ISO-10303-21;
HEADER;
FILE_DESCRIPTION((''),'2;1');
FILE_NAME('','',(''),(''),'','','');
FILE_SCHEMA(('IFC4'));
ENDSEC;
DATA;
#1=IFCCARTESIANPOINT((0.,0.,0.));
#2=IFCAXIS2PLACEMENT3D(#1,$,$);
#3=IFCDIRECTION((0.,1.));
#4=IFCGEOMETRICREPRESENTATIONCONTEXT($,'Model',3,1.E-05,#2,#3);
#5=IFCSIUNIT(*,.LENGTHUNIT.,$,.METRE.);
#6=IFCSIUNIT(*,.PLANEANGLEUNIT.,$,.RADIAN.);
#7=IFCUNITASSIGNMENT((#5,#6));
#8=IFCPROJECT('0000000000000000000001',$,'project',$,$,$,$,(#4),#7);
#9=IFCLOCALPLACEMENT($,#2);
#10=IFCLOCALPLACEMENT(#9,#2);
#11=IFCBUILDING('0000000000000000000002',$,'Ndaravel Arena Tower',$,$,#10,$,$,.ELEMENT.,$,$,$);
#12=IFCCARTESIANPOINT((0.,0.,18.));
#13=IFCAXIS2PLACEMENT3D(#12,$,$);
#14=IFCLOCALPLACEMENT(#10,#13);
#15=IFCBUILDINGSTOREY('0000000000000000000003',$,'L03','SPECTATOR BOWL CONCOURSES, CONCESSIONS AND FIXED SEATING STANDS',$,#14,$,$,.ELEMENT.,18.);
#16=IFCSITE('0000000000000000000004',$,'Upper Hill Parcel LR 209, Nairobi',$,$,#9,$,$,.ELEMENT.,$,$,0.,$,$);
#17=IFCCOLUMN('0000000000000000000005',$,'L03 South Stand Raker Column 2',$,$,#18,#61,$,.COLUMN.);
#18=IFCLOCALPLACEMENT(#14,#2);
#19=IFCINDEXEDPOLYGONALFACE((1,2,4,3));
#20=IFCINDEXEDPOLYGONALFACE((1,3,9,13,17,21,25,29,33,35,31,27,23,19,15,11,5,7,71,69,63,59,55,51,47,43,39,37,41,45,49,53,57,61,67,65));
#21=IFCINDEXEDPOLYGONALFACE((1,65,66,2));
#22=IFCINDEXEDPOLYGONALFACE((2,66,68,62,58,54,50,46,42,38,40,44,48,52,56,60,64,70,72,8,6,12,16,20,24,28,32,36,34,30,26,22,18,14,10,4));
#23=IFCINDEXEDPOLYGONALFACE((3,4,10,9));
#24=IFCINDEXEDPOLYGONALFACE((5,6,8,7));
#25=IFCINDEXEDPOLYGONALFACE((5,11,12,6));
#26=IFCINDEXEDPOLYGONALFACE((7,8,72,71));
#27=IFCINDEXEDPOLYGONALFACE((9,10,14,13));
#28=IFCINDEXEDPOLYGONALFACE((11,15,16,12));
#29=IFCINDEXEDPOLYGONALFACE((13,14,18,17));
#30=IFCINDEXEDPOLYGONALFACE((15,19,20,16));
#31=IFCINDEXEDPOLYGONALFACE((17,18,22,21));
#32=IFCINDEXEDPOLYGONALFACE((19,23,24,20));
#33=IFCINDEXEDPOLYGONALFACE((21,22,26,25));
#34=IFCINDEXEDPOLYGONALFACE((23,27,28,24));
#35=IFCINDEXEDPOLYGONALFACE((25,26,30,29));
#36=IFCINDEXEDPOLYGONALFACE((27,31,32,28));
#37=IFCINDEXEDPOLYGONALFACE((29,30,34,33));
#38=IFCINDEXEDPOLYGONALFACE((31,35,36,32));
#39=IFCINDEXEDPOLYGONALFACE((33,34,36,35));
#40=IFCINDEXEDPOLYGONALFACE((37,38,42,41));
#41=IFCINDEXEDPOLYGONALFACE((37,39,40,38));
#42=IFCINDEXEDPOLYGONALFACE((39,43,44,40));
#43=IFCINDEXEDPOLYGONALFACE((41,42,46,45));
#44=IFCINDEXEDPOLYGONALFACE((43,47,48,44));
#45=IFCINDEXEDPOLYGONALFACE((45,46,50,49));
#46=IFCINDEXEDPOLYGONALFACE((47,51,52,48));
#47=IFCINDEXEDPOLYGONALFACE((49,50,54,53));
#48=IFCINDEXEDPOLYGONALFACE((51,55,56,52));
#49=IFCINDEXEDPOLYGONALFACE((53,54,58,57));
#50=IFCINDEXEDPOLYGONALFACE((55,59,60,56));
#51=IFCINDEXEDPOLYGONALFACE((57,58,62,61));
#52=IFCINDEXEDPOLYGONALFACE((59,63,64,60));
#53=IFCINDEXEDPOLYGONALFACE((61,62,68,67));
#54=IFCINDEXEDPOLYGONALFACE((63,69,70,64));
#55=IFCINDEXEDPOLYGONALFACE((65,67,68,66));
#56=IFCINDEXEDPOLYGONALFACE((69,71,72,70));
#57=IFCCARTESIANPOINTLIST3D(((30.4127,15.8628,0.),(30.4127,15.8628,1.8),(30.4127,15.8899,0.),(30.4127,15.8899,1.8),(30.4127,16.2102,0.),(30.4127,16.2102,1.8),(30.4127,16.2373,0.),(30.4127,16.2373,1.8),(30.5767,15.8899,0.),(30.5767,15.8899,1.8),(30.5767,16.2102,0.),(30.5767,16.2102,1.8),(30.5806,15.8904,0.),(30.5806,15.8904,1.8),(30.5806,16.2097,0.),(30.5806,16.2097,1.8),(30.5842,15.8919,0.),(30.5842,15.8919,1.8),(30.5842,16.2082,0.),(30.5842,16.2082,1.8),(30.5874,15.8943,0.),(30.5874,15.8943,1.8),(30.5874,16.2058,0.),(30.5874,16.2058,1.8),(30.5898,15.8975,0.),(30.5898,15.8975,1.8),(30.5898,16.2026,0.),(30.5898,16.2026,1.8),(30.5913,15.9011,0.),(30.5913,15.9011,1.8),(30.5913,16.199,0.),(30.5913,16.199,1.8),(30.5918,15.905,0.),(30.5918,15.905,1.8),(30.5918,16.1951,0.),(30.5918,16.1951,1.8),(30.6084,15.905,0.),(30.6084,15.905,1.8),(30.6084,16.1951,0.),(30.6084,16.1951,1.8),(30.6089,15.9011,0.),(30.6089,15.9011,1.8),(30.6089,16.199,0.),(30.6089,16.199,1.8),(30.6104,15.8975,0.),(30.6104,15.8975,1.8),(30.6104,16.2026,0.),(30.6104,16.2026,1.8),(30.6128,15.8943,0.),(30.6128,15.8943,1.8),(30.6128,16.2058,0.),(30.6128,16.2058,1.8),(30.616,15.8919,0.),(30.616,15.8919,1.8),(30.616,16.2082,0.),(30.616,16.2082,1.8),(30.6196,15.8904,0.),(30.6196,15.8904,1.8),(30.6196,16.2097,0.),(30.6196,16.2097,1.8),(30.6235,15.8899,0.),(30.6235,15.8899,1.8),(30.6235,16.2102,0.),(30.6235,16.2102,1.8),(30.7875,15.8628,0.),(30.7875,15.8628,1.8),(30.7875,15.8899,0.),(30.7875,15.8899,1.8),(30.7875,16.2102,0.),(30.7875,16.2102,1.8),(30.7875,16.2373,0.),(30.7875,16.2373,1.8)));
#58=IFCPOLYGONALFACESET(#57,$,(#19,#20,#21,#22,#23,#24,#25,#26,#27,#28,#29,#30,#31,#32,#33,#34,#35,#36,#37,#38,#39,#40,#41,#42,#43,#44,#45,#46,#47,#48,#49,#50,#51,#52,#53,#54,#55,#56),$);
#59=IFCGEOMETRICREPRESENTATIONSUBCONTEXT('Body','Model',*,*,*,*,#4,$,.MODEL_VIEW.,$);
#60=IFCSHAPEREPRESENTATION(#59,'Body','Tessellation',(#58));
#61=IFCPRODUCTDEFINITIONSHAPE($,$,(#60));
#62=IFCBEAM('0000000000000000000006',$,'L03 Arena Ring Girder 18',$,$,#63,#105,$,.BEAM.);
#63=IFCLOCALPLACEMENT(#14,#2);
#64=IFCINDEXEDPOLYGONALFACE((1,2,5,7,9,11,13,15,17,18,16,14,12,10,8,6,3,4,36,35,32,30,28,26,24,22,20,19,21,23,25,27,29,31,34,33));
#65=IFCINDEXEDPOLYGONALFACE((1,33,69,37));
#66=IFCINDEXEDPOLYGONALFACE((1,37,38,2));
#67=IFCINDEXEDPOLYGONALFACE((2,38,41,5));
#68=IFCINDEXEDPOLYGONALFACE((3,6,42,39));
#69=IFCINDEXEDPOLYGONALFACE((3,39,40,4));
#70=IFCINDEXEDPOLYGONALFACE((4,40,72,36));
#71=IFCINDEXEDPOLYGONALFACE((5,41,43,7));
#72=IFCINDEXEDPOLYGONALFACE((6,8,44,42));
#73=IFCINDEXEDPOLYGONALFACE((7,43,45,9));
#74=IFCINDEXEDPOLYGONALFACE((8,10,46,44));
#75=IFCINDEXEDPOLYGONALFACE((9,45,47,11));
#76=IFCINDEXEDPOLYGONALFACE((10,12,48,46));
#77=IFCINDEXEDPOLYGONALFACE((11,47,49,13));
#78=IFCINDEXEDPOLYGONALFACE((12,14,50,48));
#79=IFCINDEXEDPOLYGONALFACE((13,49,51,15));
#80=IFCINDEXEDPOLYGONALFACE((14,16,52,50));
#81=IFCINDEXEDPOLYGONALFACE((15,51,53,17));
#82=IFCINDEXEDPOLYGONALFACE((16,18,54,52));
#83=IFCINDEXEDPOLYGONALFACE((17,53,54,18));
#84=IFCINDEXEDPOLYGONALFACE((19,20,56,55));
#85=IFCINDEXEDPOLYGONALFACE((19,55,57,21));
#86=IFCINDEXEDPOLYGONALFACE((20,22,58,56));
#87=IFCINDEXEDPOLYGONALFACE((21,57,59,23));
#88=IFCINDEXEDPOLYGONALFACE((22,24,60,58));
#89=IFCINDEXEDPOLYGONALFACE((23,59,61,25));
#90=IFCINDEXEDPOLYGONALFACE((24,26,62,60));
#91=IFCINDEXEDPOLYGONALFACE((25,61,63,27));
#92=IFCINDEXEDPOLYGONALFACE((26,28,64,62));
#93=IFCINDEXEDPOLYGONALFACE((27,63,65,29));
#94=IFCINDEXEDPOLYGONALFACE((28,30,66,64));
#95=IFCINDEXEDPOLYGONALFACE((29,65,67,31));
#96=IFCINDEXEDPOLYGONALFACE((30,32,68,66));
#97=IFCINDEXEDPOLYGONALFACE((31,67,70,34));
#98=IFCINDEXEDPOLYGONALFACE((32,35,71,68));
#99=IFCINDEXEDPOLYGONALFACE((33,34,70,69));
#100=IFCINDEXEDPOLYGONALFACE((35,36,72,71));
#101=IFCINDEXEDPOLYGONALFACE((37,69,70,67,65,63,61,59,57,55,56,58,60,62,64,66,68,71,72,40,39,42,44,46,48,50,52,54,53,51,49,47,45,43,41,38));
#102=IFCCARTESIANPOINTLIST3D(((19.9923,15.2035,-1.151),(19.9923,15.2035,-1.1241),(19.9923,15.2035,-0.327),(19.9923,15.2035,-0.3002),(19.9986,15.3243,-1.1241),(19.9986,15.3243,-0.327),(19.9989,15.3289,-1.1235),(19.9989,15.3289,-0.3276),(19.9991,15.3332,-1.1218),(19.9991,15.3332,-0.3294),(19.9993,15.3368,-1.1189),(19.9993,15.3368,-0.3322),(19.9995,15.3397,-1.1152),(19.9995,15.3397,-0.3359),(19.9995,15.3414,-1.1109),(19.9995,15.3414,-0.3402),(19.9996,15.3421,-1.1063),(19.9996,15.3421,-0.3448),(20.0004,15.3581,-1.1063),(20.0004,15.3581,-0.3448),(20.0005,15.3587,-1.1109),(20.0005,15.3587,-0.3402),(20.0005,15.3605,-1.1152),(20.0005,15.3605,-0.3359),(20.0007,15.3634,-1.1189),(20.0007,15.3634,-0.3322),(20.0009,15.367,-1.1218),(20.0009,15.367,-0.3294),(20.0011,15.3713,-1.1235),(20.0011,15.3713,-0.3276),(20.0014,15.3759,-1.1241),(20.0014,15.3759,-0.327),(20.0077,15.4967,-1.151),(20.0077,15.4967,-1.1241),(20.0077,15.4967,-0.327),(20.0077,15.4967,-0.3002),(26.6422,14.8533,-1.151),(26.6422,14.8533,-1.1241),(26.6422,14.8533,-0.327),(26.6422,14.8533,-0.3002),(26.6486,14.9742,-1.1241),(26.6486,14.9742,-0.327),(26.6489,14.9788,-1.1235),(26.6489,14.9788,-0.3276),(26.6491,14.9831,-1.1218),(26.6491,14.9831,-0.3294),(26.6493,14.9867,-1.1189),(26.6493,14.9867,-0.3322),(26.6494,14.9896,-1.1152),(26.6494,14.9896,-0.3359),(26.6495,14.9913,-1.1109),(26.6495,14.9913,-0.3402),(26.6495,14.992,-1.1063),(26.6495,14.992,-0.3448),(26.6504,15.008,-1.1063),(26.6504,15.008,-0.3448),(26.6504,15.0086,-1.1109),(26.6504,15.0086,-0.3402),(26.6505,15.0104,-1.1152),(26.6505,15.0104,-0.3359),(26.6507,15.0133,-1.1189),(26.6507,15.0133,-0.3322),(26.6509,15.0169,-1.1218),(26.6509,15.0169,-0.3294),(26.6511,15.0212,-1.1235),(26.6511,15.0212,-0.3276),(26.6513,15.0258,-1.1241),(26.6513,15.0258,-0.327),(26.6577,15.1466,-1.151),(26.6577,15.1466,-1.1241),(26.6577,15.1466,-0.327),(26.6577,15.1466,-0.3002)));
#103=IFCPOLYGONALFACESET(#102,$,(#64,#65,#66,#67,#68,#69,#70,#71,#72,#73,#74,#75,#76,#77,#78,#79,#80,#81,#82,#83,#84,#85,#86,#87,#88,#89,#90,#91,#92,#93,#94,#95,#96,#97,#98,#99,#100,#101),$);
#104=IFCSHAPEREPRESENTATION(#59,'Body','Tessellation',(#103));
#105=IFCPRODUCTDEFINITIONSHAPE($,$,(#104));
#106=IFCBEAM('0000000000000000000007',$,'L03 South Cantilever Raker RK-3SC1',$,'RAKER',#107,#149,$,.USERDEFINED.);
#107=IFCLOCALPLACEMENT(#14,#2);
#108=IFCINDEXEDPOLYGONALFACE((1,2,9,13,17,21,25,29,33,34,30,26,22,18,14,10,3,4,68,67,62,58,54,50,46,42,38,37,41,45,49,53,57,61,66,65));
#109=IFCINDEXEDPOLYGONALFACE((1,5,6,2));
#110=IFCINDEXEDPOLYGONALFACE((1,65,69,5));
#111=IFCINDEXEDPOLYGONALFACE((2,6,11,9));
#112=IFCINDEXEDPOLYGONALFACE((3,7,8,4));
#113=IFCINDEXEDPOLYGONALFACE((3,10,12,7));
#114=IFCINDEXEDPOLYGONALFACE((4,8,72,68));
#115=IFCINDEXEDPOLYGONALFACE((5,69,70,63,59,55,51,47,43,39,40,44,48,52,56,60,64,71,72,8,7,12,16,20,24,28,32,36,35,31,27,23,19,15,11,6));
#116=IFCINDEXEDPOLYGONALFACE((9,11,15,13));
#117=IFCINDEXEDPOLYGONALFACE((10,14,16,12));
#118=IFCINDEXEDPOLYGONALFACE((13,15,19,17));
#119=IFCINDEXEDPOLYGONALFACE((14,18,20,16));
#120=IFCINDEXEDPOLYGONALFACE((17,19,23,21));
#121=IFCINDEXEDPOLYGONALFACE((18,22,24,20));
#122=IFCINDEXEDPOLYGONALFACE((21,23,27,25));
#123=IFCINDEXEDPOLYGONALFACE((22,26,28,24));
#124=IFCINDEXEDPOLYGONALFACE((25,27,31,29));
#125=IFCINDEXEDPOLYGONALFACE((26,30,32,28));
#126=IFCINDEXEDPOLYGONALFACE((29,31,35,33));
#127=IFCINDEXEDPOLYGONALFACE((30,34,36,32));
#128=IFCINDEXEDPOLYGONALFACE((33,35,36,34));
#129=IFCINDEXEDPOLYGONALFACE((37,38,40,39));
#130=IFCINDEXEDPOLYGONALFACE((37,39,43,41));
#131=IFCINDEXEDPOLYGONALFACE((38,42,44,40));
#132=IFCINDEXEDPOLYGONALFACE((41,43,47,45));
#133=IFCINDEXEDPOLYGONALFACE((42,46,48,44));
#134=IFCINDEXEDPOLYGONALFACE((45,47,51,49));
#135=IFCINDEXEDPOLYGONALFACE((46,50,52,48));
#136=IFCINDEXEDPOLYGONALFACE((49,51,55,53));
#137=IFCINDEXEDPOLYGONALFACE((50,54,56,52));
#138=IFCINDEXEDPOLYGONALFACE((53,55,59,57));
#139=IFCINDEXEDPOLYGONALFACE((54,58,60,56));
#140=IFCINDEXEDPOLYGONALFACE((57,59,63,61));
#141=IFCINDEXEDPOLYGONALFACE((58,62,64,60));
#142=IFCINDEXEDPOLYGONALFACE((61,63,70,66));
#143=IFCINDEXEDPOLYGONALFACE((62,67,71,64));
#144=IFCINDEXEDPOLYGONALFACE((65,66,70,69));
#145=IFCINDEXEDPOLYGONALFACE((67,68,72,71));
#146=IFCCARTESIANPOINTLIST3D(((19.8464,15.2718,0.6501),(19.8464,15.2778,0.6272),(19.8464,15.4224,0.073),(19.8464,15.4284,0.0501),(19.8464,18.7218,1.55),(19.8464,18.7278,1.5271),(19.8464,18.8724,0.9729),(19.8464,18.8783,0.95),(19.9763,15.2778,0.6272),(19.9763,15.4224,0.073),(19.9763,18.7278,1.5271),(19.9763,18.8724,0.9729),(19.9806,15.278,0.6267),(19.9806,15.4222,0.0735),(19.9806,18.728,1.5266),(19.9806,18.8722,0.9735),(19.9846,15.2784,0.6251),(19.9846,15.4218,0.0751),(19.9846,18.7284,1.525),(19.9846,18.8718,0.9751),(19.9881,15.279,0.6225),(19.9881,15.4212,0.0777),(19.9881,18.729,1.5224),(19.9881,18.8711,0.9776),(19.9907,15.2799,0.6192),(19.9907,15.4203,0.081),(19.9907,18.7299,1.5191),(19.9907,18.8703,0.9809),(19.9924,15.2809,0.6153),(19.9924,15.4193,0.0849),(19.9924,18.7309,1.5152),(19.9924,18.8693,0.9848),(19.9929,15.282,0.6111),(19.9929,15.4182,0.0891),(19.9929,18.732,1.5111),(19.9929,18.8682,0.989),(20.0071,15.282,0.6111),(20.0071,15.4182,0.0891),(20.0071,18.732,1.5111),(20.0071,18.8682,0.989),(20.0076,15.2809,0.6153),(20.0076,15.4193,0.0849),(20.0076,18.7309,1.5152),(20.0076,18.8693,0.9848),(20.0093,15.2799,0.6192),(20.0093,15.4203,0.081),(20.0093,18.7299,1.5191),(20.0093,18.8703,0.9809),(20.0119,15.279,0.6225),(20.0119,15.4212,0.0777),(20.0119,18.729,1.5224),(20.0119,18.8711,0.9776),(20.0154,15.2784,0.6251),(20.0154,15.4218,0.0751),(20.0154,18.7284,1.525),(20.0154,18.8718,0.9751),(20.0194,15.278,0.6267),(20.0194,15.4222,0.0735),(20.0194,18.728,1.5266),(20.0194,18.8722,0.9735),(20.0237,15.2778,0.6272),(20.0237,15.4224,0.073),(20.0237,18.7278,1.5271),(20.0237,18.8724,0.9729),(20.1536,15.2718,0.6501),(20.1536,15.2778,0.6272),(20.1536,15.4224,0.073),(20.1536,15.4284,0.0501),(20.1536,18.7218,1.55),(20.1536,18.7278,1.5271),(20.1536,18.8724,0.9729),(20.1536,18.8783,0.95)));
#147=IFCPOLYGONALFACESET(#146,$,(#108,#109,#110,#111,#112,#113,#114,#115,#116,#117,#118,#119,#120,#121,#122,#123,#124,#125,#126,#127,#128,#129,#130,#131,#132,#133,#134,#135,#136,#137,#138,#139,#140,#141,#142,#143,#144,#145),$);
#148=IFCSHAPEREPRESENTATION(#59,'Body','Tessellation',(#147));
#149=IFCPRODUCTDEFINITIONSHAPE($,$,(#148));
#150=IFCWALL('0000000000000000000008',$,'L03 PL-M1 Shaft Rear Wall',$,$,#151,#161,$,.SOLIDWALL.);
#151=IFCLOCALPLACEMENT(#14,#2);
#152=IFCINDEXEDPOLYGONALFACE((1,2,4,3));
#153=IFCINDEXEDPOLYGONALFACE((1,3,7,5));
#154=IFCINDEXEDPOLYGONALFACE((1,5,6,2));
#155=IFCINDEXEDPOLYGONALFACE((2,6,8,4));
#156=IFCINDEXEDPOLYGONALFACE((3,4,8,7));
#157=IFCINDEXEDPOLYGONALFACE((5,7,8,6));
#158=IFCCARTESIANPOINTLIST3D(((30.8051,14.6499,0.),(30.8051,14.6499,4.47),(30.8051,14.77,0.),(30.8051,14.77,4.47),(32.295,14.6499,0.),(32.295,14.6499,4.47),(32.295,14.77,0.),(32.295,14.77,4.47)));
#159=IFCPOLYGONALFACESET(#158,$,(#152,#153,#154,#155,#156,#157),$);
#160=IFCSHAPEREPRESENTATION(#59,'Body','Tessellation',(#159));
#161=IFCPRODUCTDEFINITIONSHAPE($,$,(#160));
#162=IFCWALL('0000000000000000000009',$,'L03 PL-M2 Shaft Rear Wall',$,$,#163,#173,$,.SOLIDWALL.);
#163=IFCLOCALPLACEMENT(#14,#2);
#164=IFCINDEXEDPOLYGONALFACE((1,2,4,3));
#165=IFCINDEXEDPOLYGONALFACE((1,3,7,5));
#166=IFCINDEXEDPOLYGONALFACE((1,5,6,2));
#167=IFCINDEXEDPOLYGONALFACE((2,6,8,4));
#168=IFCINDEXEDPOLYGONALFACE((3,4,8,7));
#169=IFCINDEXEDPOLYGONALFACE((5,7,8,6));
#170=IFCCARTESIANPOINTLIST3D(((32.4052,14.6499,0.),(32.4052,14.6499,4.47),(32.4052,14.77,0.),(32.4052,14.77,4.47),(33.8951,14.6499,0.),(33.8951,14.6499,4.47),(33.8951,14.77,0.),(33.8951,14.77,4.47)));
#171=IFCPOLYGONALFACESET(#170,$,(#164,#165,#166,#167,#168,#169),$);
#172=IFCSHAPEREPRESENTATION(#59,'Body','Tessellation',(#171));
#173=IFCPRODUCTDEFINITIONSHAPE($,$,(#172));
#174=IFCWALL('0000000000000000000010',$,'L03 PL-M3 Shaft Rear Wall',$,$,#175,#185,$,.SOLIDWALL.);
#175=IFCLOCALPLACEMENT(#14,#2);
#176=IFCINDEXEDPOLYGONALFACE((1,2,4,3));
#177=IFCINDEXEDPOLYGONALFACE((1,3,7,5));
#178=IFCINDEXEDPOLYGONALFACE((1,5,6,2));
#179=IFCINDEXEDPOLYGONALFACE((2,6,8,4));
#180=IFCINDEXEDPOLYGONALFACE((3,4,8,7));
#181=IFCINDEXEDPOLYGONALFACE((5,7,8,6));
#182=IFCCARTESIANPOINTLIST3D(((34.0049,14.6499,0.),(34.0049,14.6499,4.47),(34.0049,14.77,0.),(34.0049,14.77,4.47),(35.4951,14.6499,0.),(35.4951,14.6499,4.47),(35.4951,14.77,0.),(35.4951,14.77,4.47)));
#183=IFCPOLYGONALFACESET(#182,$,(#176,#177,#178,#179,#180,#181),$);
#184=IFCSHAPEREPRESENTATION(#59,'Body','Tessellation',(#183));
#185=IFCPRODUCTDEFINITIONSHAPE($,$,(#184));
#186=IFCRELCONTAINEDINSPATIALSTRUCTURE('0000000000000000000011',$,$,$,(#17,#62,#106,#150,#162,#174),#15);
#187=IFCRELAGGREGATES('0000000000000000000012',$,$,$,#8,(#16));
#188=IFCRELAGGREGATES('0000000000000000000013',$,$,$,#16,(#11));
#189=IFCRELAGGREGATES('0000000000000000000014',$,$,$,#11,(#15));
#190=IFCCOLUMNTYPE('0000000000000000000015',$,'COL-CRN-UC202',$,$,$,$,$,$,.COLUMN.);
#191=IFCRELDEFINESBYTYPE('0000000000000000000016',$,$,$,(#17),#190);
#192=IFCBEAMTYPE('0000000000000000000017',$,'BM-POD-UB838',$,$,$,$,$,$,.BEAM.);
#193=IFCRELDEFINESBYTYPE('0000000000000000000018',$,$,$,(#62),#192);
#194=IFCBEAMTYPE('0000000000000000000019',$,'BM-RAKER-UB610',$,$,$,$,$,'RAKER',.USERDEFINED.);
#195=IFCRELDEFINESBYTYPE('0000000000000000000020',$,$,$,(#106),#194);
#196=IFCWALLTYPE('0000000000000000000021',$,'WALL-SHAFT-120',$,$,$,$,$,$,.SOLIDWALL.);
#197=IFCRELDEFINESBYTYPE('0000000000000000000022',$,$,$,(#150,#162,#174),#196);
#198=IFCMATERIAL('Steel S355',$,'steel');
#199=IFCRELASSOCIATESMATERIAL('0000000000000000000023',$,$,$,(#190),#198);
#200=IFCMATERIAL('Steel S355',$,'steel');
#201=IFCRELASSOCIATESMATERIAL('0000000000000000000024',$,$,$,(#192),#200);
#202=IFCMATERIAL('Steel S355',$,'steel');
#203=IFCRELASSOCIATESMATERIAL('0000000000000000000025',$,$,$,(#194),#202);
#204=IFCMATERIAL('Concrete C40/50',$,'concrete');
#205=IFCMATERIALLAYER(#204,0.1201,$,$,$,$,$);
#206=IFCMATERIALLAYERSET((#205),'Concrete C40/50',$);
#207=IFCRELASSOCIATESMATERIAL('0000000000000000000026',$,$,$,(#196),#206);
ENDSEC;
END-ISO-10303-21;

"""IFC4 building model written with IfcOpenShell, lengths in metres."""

from ifc_helpers import new_model, si_unit, direction, frame, frame_2d, origin, origin_2d, place, context, subcontext, project, spatial, rectangle, i_section, extrude, material, layer, layer_set, material_profile, profile_set, type_object, element, save


model = new_model("IFC4")

# Units and contexts
model_context = context("Model", 3, precision=1e-05, world=origin(), true_north=direction((0.0, 1.0)))
body_context = subcontext(model_context, "Body", "Model", "MODEL_VIEW")
ifc_project = project(units=[si_unit("LENGTHUNIT", "METRE"), si_unit("PLANEANGLEUNIT", "RADIAN")], contexts=[model_context])

# Site, building, storey
site_placement = place(None, origin())
site = spatial("IfcSite", under=ifc_project, at=site_placement, Name="Upper Hill Parcel LR 209, Nairobi", CompositionType="ELEMENT", RefElevation=0.0)
building_placement = place(site_placement, origin())
building = spatial("IfcBuilding", under=site, at=building_placement, Name="Ndaravel Arena Tower", CompositionType="ELEMENT")
storey_placement = place(building_placement, frame((0.0, 0.0, 18.0)))
storey = spatial("IfcBuildingStorey", under=building, at=storey_placement, Name="L03", Description="SPECTATOR BOWL CONCOURSES, CONCESSIONS AND FIXED SEATING STANDS", CompositionType="ELEMENT", Elevation=18.0)

# Column
ifc_material_1 = material(Name="Steel S355", Category="steel")
ifc_material_profile_1 = material_profile(ifc_material_1, i_section(OverallWidth=0.3748, OverallDepth=0.3745, WebThickness=0.0166, FlangeThickness=0.0271, FilletRadius=0.0151, at=origin_2d()), Name="UC 356x368x202")
ifc_profile_set_1 = profile_set([ifc_material_profile_1], Name="Steel S355")
column_type = type_object("IfcColumnType", Name="COL-CRN-UC202", PredefinedType="COLUMN", material=ifc_profile_set_1)
column_placement = place(storey_placement, frame((30.6001, 16.05, 0.0), z_axis=(0.0, 0.0, 1.0), x_axis=(1.0, 0.0, 0.0)))
element("IfcColumn", 1, at=column_placement, inside=storey, type_object=column_type, Name="L03 South Stand Raker Column 2", PredefinedType="COLUMN", context=body_context, shape_type="SweptSolid", body=[
    extrude(i_section(OverallWidth=0.3748, OverallDepth=0.3745, WebThickness=0.0166, FlangeThickness=0.0271, FilletRadius=0.0151, at=origin_2d()), origin(), (0.0, 0.0, 1.0), 1.8),
])

# Beams
ifc_material_2 = material(Name="Steel S355", Category="steel")
ifc_material_profile_2 = material_profile(ifc_material_2, i_section(OverallWidth=0.2937, OverallDepth=0.8508, WebThickness=0.0161, FlangeThickness=0.0269, FilletRadius=0.0178, at=origin_2d()), Name="UB 838x292x226")
ifc_profile_set_2 = profile_set([ifc_material_profile_2], Name="Steel S355")
beam_type_1 = type_object("IfcBeamType", Name="BM-POD-UB838", PredefinedType="BEAM", material=ifc_profile_set_2)
beam_1_placement = place(storey_placement, frame((20.0, 15.3501, -0.7256), z_axis=(0.998617, -0.052574, 0.0), x_axis=(0.052574, 0.998617, 0.0)))
element("IfcBeam", 2, at=beam_1_placement, inside=storey, type_object=beam_type_1, Name="L03 Arena Ring Girder 18", PredefinedType="BEAM", context=body_context, shape_type="SweptSolid", body=[
    extrude(i_section(OverallWidth=0.2937, OverallDepth=0.8508, WebThickness=0.0161, FlangeThickness=0.0269, FilletRadius=0.0178, at=origin_2d()), origin(), (0.0, 0.0, 1.0), 6.6592),
])
ifc_material_3 = material(Name="Steel S355", Category="steel")
ifc_material_profile_3 = material_profile(ifc_material_3, i_section(OverallWidth=0.3071, OverallDepth=0.6201, WebThickness=0.0142, FlangeThickness=0.0237, FilletRadius=0.0166, at=origin_2d()), Name="UB 610x305x179")
ifc_profile_set_3 = profile_set([ifc_material_profile_3], Name="Steel S355")
beam_type_2 = type_object("IfcBeamType", Name="BM-RAKER-UB610", ElementType="RAKER", PredefinedType="USERDEFINED", material=ifc_profile_set_3)
beam_2_placement = place(storey_placement, frame((20.0, 15.3501, 0.3501), z_axis=(0.0, 0.967623, 0.2524), x_axis=(-1.0, 0.0, 0.0)))
element("IfcBeam", 3, at=beam_2_placement, inside=storey, type_object=beam_type_2, Name="L03 South Cantilever Raker RK-3SC1", ObjectType="RAKER", PredefinedType="USERDEFINED", context=body_context, shape_type="SweptSolid", body=[
    extrude(i_section(OverallWidth=0.3071, OverallDepth=0.6201, WebThickness=0.0142, FlangeThickness=0.0237, FilletRadius=0.0166, at=origin_2d()), origin(), (0.0, 0.0, 1.0), 3.5654),
])

# Walls
ifc_material_4 = material(Name="Concrete C40/50", Category="concrete")
ifc_layer_1 = layer(ifc_material_4, 0.1201)
ifc_layer_set_1 = layer_set([ifc_layer_1], Name="Concrete C40/50")
wall_type_1 = type_object("IfcWallType", Name="WALL-SHAFT-120", PredefinedType="SOLIDWALL", material=ifc_layer_set_1)
for number, where, z_axis, x_axis, name in (
    (4, (30.8049, 14.71, 0.0), (0.0, 0.0, 1.0), (1.0, 0.0, 0.0), "L03 PL-M1 Shaft Rear Wall"),
    (5, (32.405, 14.71, 0.0), (0.0, 0.0, 1.0), (1.0, 0.0, 0.0), "L03 PL-M2 Shaft Rear Wall"),
):
    element("IfcWall", number, at=place(storey_placement, frame(where, z_axis=z_axis, x_axis=x_axis)), inside=storey, type_object=wall_type_1, Name=name, PredefinedType="SOLIDWALL", context=body_context, shape_type="SweptSolid", body=[
        extrude(rectangle(XDim=1.49, YDim=0.1201, at=frame_2d((0.7451, 0.0))), origin(), (0.0, 0.0, 1.0), 4.47),
    ])
wall_1_placement = place(storey_placement, frame((34.0049, 14.71, 0.0), z_axis=(0.0, 0.0, 1.0), x_axis=(1.0, 0.0, 0.0)))
element("IfcWall", 6, at=wall_1_placement, inside=storey, type_object=wall_type_1, Name="L03 PL-M3 Shaft Rear Wall", PredefinedType="SOLIDWALL", context=body_context, shape_type="SweptSolid", body=[
    extrude(rectangle(XDim=1.4902, YDim=0.1201, at=frame_2d((0.7451, 0.0))), origin(), (0.0, 0.0, 1.0), 4.47),
])

save(model, "model.ifc")
